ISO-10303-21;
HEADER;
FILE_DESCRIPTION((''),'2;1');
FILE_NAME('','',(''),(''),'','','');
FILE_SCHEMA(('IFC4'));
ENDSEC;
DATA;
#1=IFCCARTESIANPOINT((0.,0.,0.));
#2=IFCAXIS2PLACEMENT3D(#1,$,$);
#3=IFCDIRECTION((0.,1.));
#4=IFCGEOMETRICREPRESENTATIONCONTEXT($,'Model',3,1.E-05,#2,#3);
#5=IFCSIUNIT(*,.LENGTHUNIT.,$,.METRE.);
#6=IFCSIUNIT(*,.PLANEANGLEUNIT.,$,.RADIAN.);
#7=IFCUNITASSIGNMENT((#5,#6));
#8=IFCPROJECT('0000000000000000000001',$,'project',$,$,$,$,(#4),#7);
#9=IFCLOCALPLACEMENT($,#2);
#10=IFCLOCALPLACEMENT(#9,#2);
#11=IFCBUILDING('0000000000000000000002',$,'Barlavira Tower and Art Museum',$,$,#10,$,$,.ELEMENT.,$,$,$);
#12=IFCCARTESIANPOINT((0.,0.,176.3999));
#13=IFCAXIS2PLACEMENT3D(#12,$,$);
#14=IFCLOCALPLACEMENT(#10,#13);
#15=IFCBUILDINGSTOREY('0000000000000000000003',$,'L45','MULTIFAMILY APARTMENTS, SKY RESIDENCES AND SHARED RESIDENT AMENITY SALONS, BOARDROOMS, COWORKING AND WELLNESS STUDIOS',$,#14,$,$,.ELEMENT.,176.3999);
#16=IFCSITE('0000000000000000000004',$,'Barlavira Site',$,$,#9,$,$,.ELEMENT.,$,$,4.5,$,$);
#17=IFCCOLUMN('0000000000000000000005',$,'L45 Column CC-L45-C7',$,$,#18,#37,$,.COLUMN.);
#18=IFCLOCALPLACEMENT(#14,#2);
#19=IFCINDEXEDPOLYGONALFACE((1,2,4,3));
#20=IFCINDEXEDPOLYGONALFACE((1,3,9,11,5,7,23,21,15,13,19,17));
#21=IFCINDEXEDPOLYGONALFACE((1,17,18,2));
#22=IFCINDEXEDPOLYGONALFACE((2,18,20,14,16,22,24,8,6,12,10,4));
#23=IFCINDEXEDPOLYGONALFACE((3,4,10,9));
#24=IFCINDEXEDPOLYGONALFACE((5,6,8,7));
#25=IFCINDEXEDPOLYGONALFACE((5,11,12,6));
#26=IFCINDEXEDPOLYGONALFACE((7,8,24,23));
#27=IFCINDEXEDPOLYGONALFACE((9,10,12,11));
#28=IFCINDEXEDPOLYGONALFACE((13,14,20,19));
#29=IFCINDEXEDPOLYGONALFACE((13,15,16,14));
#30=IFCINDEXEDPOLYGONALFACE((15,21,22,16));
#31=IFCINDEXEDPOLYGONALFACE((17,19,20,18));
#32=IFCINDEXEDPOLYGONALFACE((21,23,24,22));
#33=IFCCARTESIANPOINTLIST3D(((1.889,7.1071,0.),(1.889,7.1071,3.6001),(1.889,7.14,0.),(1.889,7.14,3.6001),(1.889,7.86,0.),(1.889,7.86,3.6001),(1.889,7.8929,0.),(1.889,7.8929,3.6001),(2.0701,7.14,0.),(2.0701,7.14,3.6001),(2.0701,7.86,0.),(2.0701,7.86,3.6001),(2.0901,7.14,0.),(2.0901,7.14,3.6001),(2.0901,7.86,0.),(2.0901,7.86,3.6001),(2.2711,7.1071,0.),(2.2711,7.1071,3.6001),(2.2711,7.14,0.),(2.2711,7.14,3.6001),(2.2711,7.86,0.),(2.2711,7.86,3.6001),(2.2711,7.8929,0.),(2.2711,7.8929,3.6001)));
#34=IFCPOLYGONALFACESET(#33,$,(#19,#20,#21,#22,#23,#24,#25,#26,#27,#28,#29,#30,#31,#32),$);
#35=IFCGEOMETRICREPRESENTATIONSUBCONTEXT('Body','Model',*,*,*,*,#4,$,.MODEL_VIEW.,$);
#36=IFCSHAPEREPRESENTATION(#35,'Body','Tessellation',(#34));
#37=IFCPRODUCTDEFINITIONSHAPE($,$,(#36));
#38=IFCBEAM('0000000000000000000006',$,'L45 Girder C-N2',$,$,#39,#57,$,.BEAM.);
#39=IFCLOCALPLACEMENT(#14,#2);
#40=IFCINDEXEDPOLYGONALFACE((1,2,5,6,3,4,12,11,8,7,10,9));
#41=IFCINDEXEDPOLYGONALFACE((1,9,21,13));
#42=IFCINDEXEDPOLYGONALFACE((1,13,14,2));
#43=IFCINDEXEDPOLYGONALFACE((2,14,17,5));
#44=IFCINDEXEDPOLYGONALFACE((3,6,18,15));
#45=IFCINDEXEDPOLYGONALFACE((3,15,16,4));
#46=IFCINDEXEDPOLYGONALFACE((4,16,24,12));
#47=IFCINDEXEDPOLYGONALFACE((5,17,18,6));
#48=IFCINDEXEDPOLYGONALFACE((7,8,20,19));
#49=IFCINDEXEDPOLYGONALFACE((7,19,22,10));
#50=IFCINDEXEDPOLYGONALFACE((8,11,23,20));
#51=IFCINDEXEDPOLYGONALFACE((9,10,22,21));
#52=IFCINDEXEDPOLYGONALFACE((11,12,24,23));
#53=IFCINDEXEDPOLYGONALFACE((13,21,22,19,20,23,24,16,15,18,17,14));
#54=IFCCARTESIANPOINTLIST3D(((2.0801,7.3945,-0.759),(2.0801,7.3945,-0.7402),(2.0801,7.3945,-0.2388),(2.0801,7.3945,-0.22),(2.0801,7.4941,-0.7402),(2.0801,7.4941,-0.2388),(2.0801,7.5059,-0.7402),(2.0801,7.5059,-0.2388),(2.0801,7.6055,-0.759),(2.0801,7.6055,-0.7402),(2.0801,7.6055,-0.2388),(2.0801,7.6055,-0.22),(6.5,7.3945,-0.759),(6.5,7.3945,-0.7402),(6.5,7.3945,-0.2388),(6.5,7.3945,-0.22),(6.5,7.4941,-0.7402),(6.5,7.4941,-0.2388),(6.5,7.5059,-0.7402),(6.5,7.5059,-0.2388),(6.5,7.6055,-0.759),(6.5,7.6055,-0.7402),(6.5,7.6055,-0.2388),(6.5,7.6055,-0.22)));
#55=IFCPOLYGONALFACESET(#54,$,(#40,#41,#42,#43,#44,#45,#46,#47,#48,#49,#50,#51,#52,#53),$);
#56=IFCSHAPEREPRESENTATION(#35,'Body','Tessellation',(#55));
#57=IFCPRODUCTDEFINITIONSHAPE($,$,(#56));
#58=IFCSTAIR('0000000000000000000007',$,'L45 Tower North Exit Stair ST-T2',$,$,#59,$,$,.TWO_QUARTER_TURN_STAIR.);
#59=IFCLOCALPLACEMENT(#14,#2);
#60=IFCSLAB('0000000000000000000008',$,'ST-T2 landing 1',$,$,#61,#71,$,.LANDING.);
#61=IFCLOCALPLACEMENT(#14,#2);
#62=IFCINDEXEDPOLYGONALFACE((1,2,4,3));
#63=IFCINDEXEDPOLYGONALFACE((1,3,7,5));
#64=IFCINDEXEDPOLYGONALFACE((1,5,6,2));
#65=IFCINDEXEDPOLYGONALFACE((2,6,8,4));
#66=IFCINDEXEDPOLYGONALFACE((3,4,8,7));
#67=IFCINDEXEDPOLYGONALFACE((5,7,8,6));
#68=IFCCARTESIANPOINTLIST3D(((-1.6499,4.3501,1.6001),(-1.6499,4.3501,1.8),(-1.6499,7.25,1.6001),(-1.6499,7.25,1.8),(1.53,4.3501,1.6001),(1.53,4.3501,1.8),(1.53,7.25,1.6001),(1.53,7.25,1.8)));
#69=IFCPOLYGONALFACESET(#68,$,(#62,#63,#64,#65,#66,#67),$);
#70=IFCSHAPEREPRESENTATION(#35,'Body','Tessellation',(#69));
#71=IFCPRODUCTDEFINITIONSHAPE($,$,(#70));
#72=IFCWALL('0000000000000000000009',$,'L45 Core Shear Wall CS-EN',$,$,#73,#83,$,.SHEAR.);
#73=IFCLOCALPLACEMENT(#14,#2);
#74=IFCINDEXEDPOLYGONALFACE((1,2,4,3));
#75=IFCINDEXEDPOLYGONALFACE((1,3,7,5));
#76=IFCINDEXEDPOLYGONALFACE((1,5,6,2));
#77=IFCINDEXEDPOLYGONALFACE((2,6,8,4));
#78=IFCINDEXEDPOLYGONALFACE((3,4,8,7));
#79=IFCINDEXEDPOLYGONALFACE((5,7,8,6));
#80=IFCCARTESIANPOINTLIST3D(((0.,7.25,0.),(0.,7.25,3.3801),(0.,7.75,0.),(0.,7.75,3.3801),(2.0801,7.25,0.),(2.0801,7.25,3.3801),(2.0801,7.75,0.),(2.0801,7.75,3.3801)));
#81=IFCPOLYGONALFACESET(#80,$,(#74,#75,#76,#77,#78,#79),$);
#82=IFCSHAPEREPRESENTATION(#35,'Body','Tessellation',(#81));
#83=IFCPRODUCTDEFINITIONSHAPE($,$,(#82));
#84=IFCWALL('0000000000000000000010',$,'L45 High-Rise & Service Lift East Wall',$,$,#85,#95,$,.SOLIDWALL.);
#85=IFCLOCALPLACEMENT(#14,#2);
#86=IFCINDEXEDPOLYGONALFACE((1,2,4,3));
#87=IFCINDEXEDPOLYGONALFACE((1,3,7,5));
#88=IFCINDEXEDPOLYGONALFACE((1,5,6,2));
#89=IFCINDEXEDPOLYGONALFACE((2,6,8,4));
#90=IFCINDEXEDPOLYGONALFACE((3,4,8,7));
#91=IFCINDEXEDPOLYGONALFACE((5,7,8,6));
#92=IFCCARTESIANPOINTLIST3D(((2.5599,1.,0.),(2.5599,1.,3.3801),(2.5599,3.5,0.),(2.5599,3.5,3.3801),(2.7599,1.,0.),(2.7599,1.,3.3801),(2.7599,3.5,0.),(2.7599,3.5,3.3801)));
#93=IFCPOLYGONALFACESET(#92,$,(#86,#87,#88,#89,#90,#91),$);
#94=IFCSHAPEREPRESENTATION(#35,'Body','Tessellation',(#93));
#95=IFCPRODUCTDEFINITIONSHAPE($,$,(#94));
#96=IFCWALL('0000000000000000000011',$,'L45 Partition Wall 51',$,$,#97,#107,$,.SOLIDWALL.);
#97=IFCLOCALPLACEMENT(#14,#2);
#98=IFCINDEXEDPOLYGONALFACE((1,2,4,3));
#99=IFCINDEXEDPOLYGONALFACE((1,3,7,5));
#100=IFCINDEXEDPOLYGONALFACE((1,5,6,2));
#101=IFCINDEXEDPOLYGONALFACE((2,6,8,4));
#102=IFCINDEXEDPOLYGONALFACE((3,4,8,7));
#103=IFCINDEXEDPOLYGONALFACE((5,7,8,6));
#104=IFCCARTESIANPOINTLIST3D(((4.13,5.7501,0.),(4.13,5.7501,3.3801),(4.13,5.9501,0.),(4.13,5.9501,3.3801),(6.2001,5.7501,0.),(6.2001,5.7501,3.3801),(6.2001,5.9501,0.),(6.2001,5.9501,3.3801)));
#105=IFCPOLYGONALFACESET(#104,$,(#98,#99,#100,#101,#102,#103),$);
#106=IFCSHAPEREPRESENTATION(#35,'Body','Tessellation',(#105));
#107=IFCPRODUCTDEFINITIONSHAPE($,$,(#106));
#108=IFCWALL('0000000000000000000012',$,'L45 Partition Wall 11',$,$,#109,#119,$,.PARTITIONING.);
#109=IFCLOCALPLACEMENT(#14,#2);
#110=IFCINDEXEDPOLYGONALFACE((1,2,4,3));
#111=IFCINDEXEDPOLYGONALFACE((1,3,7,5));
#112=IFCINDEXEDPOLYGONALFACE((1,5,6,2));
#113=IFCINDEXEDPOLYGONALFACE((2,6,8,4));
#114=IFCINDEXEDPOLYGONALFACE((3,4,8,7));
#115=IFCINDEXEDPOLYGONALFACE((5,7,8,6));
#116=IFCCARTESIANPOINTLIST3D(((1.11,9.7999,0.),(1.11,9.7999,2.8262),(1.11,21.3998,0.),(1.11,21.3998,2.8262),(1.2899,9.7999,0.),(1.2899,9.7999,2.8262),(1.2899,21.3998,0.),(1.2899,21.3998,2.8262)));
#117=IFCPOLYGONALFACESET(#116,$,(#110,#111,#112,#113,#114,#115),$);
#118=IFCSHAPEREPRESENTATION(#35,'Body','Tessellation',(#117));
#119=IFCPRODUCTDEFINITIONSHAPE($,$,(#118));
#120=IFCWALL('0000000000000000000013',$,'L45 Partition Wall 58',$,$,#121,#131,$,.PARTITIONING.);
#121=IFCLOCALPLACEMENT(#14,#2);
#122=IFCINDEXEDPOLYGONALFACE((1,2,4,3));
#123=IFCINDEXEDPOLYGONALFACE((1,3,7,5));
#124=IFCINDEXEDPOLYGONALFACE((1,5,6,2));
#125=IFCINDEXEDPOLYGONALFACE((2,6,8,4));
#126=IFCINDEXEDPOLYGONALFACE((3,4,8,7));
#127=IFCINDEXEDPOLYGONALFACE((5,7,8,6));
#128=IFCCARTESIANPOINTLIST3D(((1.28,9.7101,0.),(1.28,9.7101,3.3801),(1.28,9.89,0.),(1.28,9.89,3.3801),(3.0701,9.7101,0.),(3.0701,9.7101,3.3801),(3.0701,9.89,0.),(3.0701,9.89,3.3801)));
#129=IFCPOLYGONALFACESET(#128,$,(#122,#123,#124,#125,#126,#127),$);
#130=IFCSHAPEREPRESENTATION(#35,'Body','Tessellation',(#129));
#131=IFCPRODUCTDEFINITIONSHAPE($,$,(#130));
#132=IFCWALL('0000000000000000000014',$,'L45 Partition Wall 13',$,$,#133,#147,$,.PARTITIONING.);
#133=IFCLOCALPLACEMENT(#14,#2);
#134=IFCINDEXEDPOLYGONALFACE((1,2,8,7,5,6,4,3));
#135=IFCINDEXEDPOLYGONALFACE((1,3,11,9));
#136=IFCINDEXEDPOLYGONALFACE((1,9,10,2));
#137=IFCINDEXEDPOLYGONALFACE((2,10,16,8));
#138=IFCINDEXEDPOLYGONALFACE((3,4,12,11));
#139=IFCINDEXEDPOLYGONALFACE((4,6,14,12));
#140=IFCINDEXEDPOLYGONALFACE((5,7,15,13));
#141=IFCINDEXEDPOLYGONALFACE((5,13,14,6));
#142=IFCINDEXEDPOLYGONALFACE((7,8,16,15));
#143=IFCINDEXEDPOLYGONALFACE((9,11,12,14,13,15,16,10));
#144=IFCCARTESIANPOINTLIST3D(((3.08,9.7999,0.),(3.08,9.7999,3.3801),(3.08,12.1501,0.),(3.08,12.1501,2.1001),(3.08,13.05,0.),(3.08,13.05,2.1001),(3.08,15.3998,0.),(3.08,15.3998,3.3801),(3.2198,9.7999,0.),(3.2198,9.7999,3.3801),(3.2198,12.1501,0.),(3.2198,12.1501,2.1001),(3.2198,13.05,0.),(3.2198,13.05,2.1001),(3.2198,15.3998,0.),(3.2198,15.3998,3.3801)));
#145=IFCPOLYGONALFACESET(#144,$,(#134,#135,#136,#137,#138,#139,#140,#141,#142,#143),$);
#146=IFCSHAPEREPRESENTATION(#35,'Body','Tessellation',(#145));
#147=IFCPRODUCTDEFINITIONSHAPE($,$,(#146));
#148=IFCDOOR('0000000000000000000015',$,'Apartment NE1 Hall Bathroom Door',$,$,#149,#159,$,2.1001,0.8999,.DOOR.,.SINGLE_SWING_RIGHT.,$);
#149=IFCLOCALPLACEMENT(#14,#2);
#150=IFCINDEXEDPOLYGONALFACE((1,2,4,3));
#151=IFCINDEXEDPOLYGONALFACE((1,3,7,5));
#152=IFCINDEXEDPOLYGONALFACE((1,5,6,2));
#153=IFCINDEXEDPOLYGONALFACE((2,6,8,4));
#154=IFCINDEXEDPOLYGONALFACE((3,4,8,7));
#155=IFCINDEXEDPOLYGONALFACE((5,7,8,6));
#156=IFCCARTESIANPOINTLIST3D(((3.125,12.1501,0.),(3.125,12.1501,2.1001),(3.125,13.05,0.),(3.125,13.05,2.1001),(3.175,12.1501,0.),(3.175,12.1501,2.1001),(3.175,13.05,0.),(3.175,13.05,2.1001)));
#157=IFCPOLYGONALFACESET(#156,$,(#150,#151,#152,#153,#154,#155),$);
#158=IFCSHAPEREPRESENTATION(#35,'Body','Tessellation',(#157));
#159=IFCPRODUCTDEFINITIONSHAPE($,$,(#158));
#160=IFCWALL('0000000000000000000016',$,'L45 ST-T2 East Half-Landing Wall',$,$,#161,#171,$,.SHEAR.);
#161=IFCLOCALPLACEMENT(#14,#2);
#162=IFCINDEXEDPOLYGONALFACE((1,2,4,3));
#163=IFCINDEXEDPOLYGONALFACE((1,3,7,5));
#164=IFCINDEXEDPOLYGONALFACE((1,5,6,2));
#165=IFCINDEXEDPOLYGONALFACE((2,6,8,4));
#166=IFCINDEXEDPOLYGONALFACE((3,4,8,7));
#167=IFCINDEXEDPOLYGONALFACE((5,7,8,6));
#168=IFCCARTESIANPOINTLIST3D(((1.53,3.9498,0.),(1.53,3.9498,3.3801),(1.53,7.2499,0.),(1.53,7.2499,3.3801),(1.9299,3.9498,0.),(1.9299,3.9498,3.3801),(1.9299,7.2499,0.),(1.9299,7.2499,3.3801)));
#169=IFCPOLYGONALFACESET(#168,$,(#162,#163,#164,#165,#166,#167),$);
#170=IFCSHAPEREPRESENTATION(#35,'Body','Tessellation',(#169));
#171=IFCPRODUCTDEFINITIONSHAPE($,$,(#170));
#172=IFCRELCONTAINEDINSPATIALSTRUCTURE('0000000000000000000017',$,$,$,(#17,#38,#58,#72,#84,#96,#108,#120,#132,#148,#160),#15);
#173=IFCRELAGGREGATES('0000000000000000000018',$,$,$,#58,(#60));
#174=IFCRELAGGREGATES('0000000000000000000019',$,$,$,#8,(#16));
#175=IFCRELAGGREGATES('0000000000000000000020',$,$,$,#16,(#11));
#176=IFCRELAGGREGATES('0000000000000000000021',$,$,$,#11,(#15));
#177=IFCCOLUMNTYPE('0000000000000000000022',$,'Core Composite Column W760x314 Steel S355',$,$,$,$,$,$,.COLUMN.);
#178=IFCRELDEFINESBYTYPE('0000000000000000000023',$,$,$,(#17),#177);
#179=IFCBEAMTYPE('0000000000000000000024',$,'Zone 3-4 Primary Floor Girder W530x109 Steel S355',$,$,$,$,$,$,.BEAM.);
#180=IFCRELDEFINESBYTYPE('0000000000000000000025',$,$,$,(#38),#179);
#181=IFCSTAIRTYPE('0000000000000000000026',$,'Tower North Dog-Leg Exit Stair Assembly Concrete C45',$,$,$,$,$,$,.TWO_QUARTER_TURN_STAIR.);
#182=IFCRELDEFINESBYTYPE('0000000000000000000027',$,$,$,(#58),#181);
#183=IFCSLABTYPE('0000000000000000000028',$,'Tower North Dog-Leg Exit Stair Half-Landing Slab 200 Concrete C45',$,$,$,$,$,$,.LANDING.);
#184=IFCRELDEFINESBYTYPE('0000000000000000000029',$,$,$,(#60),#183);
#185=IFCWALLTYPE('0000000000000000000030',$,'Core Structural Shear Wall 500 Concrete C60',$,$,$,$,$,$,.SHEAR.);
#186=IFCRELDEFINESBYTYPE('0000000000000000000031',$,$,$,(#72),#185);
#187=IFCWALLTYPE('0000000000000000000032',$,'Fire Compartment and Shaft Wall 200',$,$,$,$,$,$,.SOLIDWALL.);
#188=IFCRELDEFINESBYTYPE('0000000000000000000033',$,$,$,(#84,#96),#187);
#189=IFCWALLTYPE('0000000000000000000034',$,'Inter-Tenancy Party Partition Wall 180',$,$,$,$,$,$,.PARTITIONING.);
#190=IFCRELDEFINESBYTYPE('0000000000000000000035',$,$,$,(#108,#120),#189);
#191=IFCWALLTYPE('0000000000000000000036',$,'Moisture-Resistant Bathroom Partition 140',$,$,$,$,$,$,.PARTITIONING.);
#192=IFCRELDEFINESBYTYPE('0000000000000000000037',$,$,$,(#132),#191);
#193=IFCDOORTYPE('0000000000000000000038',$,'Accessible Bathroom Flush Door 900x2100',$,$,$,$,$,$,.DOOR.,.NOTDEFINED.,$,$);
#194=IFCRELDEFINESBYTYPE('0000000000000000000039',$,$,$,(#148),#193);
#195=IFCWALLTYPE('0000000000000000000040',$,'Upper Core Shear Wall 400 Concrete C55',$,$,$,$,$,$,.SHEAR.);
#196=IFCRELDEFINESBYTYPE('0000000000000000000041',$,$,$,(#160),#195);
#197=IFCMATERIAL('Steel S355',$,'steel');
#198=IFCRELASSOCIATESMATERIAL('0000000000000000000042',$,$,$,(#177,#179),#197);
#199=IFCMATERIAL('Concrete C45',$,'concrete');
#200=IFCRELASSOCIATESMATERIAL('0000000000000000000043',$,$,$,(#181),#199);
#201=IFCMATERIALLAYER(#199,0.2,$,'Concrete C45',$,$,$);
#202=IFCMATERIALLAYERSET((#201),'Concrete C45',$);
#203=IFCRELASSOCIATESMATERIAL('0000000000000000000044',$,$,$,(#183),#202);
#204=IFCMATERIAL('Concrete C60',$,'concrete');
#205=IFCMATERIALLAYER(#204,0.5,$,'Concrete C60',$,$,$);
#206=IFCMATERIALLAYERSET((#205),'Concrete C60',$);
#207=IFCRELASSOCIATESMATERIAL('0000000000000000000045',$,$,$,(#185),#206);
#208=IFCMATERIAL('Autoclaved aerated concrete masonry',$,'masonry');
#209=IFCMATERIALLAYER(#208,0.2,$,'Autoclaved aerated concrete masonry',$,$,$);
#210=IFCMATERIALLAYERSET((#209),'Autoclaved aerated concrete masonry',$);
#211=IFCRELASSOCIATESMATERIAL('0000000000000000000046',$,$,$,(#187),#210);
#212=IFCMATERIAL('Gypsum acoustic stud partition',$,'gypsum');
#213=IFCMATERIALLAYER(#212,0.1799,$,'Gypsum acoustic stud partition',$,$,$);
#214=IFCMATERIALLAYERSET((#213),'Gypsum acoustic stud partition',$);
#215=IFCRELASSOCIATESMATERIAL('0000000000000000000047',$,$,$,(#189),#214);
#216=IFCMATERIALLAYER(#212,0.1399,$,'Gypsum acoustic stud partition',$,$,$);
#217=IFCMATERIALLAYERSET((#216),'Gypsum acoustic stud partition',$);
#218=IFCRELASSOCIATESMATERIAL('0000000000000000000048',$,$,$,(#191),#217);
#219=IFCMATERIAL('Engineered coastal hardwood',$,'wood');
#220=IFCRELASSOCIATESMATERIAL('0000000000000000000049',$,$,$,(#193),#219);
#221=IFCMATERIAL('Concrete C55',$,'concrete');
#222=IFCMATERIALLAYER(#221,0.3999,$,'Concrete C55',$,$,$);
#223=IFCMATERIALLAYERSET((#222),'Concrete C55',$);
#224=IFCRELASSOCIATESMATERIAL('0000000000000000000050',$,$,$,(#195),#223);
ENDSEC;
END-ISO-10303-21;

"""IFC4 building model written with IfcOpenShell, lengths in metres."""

from ifc_helpers import new_model, si_unit, direction, frame, frame_2d, origin, origin_2d, place, context, subcontext, project, spatial, polyline, rectangle, i_section, outline, extrude, material, layer, layer_set, material_profile, profile_set, type_object, element, fill, aggregate, save


model = new_model("IFC4")

# Units and contexts
model_context = context("Model", 3, precision=1e-05, world=origin(), true_north=direction((0.0, 1.0)))
body_context = subcontext(model_context, "Body", "Model", "MODEL_VIEW")
ifc_project = project(units=[si_unit("LENGTHUNIT", "METRE"), si_unit("PLANEANGLEUNIT", "RADIAN")], contexts=[model_context])

# Site, building, storey
site_placement = place(None, origin())
site = spatial("IfcSite", under=ifc_project, at=site_placement, Name="Barlavira Site", CompositionType="ELEMENT", RefElevation=4.5)
building_placement = place(site_placement, origin())
building = spatial("IfcBuilding", under=site, at=building_placement, Name="Barlavira Tower and Art Museum", CompositionType="ELEMENT")
storey_placement = place(building_placement, frame((0.0, 0.0, 176.3999)))
storey = spatial("IfcBuildingStorey", under=building, at=storey_placement, Name="L45", Description="MULTIFAMILY APARTMENTS, SKY RESIDENCES AND SHARED RESIDENT AMENITY SALONS, BOARDROOMS, COWORKING AND WELLNESS STUDIOS", CompositionType="ELEMENT", Elevation=176.3999)

# Column
ifc_material_1 = material(Name="Steel S355", Category="steel")
ifc_material_profile_1 = material_profile(ifc_material_1, i_section(OverallWidth=0.3821, OverallDepth=0.7859, WebThickness=0.02, FlangeThickness=0.033, at=origin_2d()), Name="W760x314.0")
ifc_profile_set_1 = profile_set([ifc_material_profile_1], Name="Steel S355")
column_type = type_object("IfcColumnType", Name="Core Composite Column W760x314 Steel S355", PredefinedType="COLUMN", material=ifc_profile_set_1)
column_placement = place(storey_placement, frame((2.0801, 7.5, 0.0), z_axis=(0.0, 0.0, 1.0), x_axis=(1.0, 0.0, 0.0)))
element("IfcColumn", 1, at=column_placement, inside=storey, type_object=column_type, Name="L45 Column CC-L45-C7", PredefinedType="COLUMN", context=body_context, shape_type="SweptSolid", body=[
    extrude(i_section(OverallWidth=0.3821, OverallDepth=0.7859, WebThickness=0.02, FlangeThickness=0.033, at=origin_2d()), origin(), (0.0, 0.0, 1.0), 3.6001),
])

# Beam
ifc_material_profile_2 = material_profile(ifc_material_1, i_section(OverallWidth=0.2109, OverallDepth=0.5391, WebThickness=0.0117, FlangeThickness=0.0188, at=origin_2d()), Name="W530x109.0")
ifc_profile_set_2 = profile_set([ifc_material_profile_2], Name="Steel S355")
beam_type = type_object("IfcBeamType", Name="Zone 3-4 Primary Floor Girder W530x109 Steel S355", PredefinedType="BEAM", material=ifc_profile_set_2)
beam_placement = place(storey_placement, frame((2.0801, 7.5, -0.4895), z_axis=(1.0, 0.0, 0.0), x_axis=(0.0, 1.0, 0.0)))
element("IfcBeam", 2, at=beam_placement, inside=storey, type_object=beam_type, Name="L45 Girder C-N2", PredefinedType="BEAM", context=body_context, shape_type="SweptSolid", body=[
    extrude(i_section(OverallWidth=0.2109, OverallDepth=0.5391, WebThickness=0.0117, FlangeThickness=0.0188, at=origin_2d()), origin(), (0.0, 0.0, 1.0), 4.4199),
])

# Stair, slab
ifc_material_2 = material(Name="Concrete C45", Category="concrete")
stair_type = type_object("IfcStairType", Name="Tower North Dog-Leg Exit Stair Assembly Concrete C45", PredefinedType="TWO_QUARTER_TURN_STAIR", material=ifc_material_2)
stair_placement = place(storey_placement, origin())
stair = element("IfcStair", 3, at=stair_placement, inside=storey, type_object=stair_type, Name="L45 Tower North Exit Stair ST-T2", PredefinedType="TWO_QUARTER_TURN_STAIR")
ifc_layer_1 = layer(ifc_material_2, 0.2, Name="Concrete C45")
ifc_layer_set_1 = layer_set([ifc_layer_1], Name="Concrete C45")
slab_type = type_object("IfcSlabType", Name="Tower North Dog-Leg Exit Stair Half-Landing Slab 200 Concrete C45", PredefinedType="LANDING", material=ifc_layer_set_1)
slab_placement = place(storey_placement, frame((0.0, 0.0, 1.6001)))
slab = element("IfcSlab", 4, at=slab_placement, type_object=slab_type, Name="ST-T2 landing 1", PredefinedType="LANDING", context=body_context, shape_type="SweptSolid", body=[
    extrude(outline(polyline([(-1.6499, 4.3501), (1.53, 4.3501), (1.53, 7.25), (-1.6499, 7.25), (-1.6499, 4.3501)])), origin(), (0.0, 0.0, 1.0), 0.2),
])
aggregate(stair, [slab])

# Walls
ifc_material_3 = material(Name="Concrete C60", Category="concrete")
ifc_layer_2 = layer(ifc_material_3, 0.5, Name="Concrete C60")
ifc_layer_set_2 = layer_set([ifc_layer_2], Name="Concrete C60")
wall_type_1 = type_object("IfcWallType", Name="Core Structural Shear Wall 500 Concrete C60", PredefinedType="SHEAR", material=ifc_layer_set_2)
wall_1_placement = place(storey_placement, frame((0.0, 7.5, 0.0), z_axis=(0.0, 0.0, 1.0), x_axis=(1.0, 0.0, 0.0)))
element("IfcWall", 5, at=wall_1_placement, inside=storey, type_object=wall_type_1, Name="L45 Core Shear Wall CS-EN", PredefinedType="SHEAR", context=body_context, shape_type="SweptSolid", body=[
    extrude(rectangle(XDim=2.0801, YDim=0.5, at=frame_2d((1.04, 0.0))), origin(), (0.0, 0.0, 1.0), 3.3801),
])
ifc_material_4 = material(Name="Autoclaved aerated concrete masonry", Category="masonry")
ifc_layer_3 = layer(ifc_material_4, 0.2, Name="Autoclaved aerated concrete masonry")
ifc_layer_set_3 = layer_set([ifc_layer_3], Name="Autoclaved aerated concrete masonry")
wall_type_2 = type_object("IfcWallType", Name="Fire Compartment and Shaft Wall 200", PredefinedType="SOLIDWALL", material=ifc_layer_set_3)
wall_2_placement = place(storey_placement, frame((2.6599, 1.0, 0.0), z_axis=(0.0, 0.0, 1.0), x_axis=(0.0, 1.0, 0.0)))
element("IfcWall", 6, at=wall_2_placement, inside=storey, type_object=wall_type_2, Name="L45 High-Rise & Service Lift East Wall", PredefinedType="SOLIDWALL", context=body_context, shape_type="SweptSolid", body=[
    extrude(rectangle(XDim=2.5, YDim=0.2, at=frame_2d((1.25, 0.0))), origin(), (0.0, 0.0, 1.0), 3.3801),
])

# Walls
wall_3_placement = place(storey_placement, frame((4.1299, 5.8501, 0.0), z_axis=(0.0, 0.0, 1.0), x_axis=(1.0, 0.0, 0.0)))
element("IfcWall", 7, at=wall_3_placement, inside=storey, type_object=wall_type_2, Name="L45 Partition Wall 51", PredefinedType="SOLIDWALL", context=body_context, shape_type="SweptSolid", body=[
    extrude(rectangle(XDim=2.0701, YDim=0.2, at=frame_2d((1.0352, 0.0))), origin(), (0.0, 0.0, 1.0), 3.3801),
])
ifc_material_5 = material(Name="Gypsum acoustic stud partition", Category="gypsum")
ifc_layer_4 = layer(ifc_material_5, 0.1799, Name="Gypsum acoustic stud partition")
ifc_layer_set_4 = layer_set([ifc_layer_4], Name="Gypsum acoustic stud partition")
wall_type_3 = type_object("IfcWallType", Name="Inter-Tenancy Party Partition Wall 180", PredefinedType="PARTITIONING", material=ifc_layer_set_4)
wall_4_placement = place(storey_placement, frame((1.2, 9.8, 0.0), z_axis=(0.0, 0.0, 1.0), x_axis=(0.0, 1.0, 0.0)))
element("IfcWall", 8, at=wall_4_placement, inside=storey, type_object=wall_type_3, Name="L45 Partition Wall 11", PredefinedType="PARTITIONING", context=body_context, shape_type="SweptSolid", body=[
    extrude(rectangle(XDim=11.5999, YDim=0.1799, at=frame_2d((5.7998, 0.0))), origin(), (0.0, 0.0, 1.0), 2.8262),
])
wall_5_placement = place(storey_placement, frame((1.28, 9.8, 0.0), z_axis=(0.0, 0.0, 1.0), x_axis=(1.0, 0.0, 0.0)))
element("IfcWall", 9, at=wall_5_placement, inside=storey, type_object=wall_type_3, Name="L45 Partition Wall 58", PredefinedType="PARTITIONING", context=body_context, shape_type="SweptSolid", body=[
    extrude(rectangle(XDim=1.79, YDim=0.1799, at=frame_2d((0.895, 0.0))), origin(), (0.0, 0.0, 1.0), 3.3801),
])

# Wall, opening, door
ifc_layer_5 = layer(ifc_material_5, 0.1399, Name="Gypsum acoustic stud partition")
ifc_layer_set_5 = layer_set([ifc_layer_5], Name="Gypsum acoustic stud partition")
wall_type_4 = type_object("IfcWallType", Name="Moisture-Resistant Bathroom Partition 140", PredefinedType="PARTITIONING", material=ifc_layer_set_5)
wall_6_placement = place(storey_placement, frame((3.1499, 9.8, 0.0), z_axis=(0.0, 0.0, 1.0), x_axis=(0.0, 1.0, 0.0)))
wall_6 = element("IfcWall", 10, at=wall_6_placement, inside=storey, type_object=wall_type_4, Name="L45 Partition Wall 13", PredefinedType="PARTITIONING", context=body_context, shape_type="SweptSolid", body=[
    extrude(rectangle(XDim=5.5999, YDim=0.1399, at=frame_2d((2.7998, 0.0))), origin(), (0.0, 0.0, 1.0), 3.3801),
])
opening_1_placement = place(wall_6_placement, frame((2.3501, 0.0, 0.0)))
opening_1 = element("IfcOpeningElement", 11, at=opening_1_placement, cuts=wall_6, PredefinedType="OPENING", context=body_context, shape_type="SweptSolid", body=[
    extrude(rectangle(XDim=0.8999, YDim=2.1001, at=frame_2d((0.45, 1.05))), frame((0.0, 0.0801, 0.0), z_axis=(0.0, -1.0, 0.0), x_axis=(1.0, 0.0, 0.0)), (0.0, 0.0, 1.0), 0.1599),
])
ifc_material_6 = material(Name="Engineered coastal hardwood", Category="wood")
door_type_1 = type_object("IfcDoorType", Name="Accessible Bathroom Flush Door 900x2100", OperationType="NOTDEFINED", PredefinedType="DOOR", material=ifc_material_6)
door_1_placement = place(opening_1_placement, origin())
door_1 = element("IfcDoor", 12, at=door_1_placement, inside=storey, type_object=door_type_1, Name="Apartment NE1 Hall Bathroom Door", OperationType="SINGLE_SWING_RIGHT", OverallHeight=2.1001, OverallWidth=0.8999, PredefinedType="DOOR", context=body_context, shape_type="SweptSolid", body=[
    extrude(rectangle(XDim=0.8999, YDim=2.1001, at=frame_2d((0.45, 1.05))), frame((0.0, 0.0249, 0.0), z_axis=(0.0, -1.0, 0.0), x_axis=(1.0, 0.0, 0.0)), (0.0, 0.0, 1.0), 0.05),
])
fill(opening_1, door_1)

# Wall
ifc_material_7 = material(Name="Concrete C55", Category="concrete")
ifc_layer_6 = layer(ifc_material_7, 0.3999, Name="Concrete C55")
ifc_layer_set_6 = layer_set([ifc_layer_6], Name="Concrete C55")
wall_type_5 = type_object("IfcWallType", Name="Upper Core Shear Wall 400 Concrete C55", PredefinedType="SHEAR", material=ifc_layer_set_6)
wall_7_placement = place(storey_placement, frame((1.73, 3.95, 0.0), z_axis=(0.0, 0.0, 1.0), x_axis=(0.0, 1.0, 0.0)))
element("IfcWall", 13, at=wall_7_placement, inside=storey, type_object=wall_type_5, Name="L45 ST-T2 East Half-Landing Wall", PredefinedType="SHEAR", context=body_context, shape_type="SweptSolid", body=[
    extrude(rectangle(XDim=3.3, YDim=0.3999, at=frame_2d((1.6499, 0.0))), origin(), (0.0, 0.0, 1.0), 3.3801),
])

save(model, "model.ifc")
